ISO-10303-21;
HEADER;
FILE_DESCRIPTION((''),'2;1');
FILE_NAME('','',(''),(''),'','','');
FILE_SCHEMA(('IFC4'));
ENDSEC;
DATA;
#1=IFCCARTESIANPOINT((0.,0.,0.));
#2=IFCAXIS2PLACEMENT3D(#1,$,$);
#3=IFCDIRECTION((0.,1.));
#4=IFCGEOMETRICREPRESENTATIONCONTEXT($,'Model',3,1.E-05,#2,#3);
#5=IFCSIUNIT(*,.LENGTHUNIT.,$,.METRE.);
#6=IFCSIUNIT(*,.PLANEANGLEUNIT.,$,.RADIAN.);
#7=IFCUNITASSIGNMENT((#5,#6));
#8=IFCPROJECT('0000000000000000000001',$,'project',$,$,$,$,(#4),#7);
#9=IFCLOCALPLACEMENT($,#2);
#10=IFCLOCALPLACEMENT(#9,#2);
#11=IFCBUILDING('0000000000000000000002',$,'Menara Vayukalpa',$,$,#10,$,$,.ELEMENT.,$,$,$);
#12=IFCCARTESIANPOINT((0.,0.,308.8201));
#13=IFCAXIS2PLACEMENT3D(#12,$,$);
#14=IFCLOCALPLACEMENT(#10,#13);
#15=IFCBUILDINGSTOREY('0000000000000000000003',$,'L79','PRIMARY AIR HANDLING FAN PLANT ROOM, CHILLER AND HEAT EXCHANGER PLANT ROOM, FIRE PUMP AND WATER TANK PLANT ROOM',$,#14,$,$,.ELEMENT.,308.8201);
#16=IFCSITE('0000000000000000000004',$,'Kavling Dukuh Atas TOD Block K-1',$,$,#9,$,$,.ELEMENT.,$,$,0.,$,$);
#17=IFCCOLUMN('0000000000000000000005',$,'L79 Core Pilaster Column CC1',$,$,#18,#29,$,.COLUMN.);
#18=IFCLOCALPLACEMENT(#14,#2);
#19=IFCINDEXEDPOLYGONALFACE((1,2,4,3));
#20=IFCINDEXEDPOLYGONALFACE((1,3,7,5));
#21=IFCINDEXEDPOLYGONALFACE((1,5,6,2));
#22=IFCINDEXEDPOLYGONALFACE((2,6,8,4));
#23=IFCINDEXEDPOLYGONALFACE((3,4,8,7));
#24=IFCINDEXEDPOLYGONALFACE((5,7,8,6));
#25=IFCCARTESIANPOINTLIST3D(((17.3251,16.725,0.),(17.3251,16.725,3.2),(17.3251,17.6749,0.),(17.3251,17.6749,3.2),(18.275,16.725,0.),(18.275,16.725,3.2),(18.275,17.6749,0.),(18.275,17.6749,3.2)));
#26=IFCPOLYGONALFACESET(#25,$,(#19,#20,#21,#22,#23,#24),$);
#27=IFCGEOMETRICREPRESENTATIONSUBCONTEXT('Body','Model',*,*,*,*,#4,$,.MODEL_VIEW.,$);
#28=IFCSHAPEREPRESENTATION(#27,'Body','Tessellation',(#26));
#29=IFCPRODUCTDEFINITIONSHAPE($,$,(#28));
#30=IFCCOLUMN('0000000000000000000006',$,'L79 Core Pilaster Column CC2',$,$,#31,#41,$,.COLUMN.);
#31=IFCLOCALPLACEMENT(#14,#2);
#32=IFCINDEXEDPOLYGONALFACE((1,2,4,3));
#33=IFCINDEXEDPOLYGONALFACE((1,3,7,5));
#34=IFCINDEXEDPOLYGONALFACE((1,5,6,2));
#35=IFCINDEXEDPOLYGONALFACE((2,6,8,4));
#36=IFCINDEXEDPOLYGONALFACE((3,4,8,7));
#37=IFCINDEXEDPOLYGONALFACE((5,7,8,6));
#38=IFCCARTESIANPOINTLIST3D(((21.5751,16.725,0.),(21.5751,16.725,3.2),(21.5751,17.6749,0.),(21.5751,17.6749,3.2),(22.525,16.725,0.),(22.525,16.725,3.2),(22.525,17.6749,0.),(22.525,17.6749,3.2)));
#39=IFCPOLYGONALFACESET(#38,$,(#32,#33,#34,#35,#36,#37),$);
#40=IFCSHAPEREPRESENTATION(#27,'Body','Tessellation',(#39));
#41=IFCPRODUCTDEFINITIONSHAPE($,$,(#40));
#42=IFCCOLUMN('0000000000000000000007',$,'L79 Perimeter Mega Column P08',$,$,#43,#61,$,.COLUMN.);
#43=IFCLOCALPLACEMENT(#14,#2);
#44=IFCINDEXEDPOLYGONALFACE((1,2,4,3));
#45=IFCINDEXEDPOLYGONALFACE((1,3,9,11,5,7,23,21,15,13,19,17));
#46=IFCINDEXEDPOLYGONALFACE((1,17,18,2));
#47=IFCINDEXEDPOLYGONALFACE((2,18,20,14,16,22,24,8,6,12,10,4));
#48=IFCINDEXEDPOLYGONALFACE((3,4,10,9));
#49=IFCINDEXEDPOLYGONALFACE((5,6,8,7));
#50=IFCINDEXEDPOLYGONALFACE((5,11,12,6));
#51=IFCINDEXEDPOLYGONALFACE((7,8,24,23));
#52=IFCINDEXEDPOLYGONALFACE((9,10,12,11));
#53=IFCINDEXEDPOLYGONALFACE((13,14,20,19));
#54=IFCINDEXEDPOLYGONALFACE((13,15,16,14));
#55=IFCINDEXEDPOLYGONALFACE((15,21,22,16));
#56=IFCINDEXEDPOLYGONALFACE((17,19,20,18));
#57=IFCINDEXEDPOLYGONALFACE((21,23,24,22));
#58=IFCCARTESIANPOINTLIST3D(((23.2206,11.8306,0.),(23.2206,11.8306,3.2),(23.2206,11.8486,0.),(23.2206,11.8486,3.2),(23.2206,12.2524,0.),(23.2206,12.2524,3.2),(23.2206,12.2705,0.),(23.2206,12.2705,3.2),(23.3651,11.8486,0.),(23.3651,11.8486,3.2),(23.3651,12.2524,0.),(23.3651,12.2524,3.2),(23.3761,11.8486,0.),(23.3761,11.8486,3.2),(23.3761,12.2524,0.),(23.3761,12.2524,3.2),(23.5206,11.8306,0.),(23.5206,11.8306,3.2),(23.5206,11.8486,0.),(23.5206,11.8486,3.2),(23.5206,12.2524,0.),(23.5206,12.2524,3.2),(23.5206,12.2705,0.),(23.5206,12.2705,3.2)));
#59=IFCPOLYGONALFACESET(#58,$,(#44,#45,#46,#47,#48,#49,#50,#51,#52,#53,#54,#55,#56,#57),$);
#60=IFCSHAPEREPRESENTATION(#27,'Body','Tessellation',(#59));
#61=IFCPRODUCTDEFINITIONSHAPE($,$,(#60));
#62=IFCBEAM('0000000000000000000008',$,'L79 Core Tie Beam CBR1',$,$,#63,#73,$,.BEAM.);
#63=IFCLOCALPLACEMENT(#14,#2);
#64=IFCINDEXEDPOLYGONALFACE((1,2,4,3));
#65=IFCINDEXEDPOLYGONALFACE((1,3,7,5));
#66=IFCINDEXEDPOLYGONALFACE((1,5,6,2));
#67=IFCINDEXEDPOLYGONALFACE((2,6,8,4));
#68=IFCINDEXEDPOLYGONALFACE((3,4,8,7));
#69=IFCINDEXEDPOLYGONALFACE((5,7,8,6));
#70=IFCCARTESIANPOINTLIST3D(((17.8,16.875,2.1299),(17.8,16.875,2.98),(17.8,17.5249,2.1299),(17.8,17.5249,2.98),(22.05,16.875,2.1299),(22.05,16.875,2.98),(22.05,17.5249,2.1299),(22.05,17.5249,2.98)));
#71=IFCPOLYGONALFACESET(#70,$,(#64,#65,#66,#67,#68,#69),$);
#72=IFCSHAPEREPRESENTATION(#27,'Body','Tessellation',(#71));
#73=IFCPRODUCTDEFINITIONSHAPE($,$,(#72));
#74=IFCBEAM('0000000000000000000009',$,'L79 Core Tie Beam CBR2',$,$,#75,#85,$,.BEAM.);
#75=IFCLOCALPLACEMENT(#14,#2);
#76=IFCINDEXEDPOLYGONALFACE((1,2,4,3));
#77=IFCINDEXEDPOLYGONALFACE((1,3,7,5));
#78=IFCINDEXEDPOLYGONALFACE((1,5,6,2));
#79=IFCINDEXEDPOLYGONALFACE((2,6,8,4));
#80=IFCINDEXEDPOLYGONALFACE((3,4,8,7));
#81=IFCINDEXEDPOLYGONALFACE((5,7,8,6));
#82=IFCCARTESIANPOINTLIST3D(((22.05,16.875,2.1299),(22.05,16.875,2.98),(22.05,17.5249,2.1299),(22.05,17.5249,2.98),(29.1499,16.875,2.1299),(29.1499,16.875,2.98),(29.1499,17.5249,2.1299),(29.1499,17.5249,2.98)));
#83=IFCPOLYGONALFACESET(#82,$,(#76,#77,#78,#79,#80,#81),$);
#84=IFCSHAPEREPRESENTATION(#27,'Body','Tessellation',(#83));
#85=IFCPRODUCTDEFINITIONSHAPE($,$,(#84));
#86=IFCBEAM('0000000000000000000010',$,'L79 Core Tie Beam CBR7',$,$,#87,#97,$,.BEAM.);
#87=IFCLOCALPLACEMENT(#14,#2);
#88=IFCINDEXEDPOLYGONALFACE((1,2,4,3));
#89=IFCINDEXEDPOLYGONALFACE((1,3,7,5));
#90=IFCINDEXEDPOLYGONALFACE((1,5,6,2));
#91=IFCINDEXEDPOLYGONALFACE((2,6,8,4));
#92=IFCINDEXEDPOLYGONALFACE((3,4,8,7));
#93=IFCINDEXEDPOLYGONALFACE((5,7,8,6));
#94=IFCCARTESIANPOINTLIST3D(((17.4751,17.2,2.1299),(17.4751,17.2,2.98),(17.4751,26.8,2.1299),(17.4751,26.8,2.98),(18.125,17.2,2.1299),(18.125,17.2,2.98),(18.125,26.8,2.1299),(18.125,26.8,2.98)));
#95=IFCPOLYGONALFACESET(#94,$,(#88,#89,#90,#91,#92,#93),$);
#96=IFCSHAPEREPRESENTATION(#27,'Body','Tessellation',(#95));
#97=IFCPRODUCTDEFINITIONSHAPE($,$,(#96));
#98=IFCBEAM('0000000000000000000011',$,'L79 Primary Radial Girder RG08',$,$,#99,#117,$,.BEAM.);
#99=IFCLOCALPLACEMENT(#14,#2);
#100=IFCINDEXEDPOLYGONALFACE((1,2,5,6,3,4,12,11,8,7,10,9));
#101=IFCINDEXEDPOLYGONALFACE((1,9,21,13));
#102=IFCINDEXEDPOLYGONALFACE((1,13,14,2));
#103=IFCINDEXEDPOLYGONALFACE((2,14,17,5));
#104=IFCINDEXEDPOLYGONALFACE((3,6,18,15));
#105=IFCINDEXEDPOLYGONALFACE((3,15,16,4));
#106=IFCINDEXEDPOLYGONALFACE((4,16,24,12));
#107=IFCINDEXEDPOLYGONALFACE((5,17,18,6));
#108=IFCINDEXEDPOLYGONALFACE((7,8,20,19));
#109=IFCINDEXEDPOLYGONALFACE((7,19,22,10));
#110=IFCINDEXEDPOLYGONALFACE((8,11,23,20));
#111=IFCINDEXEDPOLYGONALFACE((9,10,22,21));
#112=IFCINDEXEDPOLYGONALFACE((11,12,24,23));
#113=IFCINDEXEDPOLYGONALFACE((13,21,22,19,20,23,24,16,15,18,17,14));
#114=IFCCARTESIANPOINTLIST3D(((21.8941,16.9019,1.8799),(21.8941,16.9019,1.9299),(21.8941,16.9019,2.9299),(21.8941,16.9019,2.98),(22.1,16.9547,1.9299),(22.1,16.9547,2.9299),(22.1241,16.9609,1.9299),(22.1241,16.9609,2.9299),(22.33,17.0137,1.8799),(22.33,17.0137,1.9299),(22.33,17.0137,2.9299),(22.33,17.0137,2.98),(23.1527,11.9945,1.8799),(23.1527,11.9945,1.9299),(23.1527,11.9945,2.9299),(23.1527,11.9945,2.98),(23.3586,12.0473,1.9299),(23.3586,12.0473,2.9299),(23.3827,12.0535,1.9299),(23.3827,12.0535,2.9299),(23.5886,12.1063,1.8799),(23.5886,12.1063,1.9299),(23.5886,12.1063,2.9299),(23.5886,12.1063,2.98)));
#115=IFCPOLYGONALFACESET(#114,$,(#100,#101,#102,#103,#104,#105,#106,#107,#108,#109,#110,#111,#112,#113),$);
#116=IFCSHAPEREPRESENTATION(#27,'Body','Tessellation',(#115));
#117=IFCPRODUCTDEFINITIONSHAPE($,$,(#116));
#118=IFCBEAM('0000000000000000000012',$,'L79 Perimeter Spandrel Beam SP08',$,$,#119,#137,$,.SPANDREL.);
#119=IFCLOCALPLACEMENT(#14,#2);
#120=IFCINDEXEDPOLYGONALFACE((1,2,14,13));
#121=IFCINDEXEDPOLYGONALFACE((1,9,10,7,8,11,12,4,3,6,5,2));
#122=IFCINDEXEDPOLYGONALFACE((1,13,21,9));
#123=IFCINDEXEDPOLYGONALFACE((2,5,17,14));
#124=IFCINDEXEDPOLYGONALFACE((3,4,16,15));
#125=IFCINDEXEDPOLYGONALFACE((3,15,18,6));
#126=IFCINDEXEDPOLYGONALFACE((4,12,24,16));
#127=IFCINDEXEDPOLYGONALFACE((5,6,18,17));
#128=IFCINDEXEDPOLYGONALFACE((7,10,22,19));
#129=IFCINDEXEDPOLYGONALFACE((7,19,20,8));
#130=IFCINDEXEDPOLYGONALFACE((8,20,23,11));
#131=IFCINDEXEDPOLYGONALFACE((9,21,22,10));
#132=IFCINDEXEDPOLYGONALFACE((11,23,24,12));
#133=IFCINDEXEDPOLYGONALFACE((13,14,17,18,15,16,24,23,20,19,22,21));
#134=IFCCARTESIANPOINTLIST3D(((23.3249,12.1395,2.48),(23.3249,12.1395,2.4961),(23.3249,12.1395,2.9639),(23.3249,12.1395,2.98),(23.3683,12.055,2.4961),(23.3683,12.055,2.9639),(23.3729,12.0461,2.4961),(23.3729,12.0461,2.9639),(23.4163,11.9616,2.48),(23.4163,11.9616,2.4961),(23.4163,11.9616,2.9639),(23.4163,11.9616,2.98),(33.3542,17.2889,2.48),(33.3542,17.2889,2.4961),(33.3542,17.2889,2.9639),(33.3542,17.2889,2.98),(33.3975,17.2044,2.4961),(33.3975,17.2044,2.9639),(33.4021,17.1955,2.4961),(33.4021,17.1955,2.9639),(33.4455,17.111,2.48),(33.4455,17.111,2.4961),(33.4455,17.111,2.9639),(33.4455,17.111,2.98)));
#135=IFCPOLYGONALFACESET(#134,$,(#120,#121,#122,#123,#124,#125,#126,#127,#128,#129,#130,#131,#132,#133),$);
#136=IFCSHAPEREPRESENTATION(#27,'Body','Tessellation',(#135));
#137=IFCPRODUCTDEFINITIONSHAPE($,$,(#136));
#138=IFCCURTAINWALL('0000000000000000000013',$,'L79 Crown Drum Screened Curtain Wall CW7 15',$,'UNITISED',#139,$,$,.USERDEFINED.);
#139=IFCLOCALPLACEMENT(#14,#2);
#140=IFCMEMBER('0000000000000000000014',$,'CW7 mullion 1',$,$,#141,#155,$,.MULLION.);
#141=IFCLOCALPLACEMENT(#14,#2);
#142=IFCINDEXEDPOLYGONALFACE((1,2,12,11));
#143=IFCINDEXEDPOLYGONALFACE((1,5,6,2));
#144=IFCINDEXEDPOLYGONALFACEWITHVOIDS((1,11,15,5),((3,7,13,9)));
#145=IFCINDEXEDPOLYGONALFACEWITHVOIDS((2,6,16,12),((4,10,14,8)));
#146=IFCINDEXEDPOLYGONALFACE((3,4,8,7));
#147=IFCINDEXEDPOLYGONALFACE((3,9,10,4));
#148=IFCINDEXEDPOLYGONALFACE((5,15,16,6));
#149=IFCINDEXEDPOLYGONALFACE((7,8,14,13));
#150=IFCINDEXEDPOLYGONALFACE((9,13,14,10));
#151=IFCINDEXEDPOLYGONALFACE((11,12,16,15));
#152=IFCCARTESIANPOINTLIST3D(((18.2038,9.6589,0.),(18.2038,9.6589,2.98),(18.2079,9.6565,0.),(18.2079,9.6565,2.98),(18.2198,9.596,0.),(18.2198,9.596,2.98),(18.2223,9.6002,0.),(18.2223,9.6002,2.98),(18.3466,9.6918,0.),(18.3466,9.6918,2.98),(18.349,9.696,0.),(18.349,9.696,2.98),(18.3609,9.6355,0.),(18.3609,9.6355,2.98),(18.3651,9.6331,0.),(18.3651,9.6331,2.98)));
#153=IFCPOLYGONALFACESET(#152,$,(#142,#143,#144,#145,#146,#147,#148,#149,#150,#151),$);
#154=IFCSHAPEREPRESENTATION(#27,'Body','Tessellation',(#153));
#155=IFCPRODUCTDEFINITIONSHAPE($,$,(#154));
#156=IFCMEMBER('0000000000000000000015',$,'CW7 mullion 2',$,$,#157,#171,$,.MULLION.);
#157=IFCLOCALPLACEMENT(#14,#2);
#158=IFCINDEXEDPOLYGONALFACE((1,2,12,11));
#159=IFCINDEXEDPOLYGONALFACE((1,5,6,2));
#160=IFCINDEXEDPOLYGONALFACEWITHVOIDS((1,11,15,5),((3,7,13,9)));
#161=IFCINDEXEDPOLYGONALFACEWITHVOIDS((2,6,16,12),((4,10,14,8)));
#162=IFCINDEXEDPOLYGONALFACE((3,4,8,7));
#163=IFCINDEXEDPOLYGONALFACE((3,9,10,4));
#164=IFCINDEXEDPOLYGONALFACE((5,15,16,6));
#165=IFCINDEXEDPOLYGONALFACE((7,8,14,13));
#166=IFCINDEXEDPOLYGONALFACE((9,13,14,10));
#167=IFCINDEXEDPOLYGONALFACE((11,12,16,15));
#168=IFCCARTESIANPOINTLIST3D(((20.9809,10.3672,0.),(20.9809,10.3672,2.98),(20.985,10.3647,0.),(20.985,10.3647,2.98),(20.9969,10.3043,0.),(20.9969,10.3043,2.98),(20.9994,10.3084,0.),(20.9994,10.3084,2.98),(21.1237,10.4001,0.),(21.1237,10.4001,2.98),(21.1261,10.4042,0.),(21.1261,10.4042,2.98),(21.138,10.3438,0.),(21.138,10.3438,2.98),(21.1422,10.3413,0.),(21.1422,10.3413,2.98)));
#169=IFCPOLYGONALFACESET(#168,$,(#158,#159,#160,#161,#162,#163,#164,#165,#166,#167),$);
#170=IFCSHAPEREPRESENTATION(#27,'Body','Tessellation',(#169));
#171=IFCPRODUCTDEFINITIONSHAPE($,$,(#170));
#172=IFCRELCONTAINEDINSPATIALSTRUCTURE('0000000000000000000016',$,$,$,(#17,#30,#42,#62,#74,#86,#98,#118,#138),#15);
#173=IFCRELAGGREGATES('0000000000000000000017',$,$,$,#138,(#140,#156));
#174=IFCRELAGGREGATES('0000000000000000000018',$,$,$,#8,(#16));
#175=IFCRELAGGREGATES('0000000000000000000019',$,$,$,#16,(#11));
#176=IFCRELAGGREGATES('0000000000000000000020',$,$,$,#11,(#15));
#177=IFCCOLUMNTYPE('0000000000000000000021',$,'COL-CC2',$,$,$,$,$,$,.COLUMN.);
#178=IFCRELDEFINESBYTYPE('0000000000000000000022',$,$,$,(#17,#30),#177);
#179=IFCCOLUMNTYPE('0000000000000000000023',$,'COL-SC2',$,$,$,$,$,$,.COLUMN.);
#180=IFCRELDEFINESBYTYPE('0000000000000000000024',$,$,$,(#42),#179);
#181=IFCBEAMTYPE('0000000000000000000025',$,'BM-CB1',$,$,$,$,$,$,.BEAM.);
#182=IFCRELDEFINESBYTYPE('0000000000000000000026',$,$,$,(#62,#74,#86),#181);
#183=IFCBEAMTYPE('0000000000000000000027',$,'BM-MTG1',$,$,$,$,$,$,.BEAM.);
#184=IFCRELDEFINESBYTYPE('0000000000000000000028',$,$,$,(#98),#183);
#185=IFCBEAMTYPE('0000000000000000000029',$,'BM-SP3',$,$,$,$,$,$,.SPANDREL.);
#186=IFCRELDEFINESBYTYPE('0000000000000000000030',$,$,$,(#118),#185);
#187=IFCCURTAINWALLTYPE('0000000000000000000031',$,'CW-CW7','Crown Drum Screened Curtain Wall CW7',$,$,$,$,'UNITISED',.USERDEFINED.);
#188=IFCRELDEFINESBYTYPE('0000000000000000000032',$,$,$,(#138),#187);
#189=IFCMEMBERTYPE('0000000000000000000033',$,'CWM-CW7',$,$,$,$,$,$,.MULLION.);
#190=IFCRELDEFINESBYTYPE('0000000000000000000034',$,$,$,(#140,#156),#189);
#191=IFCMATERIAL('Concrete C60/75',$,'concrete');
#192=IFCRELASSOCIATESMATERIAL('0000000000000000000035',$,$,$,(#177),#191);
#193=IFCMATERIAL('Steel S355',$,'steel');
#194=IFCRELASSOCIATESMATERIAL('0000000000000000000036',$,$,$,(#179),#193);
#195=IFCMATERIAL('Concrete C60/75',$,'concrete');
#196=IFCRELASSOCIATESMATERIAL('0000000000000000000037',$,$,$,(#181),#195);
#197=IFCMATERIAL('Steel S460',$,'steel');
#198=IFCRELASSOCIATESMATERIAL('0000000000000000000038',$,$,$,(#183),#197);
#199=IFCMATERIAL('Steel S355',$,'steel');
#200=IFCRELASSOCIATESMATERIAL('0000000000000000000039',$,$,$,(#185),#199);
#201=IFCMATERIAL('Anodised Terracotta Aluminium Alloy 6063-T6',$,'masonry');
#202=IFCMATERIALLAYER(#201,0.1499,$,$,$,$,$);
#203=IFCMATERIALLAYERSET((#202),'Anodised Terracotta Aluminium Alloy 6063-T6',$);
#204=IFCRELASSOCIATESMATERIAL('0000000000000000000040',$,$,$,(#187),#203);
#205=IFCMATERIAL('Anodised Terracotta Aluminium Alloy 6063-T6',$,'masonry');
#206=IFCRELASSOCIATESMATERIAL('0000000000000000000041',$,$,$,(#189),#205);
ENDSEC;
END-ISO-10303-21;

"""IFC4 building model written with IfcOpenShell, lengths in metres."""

from ifc_helpers import new_model, si_unit, direction, frame, origin, origin_2d, place, context, subcontext, project, spatial, rectangle, hollow_rectangle, i_section, extrude, material, layer, layer_set, material_profile, profile_set, type_object, element, aggregate, save


model = new_model("IFC4")

# Units and contexts
model_context = context("Model", 3, precision=1e-05, world=origin(), true_north=direction((0.0, 1.0)))
body_context = subcontext(model_context, "Body", "Model", "MODEL_VIEW")
ifc_project = project(units=[si_unit("LENGTHUNIT", "METRE"), si_unit("PLANEANGLEUNIT", "RADIAN")], contexts=[model_context])

# Site, building, storey
site_placement = place(None, origin())
site = spatial("IfcSite", under=ifc_project, at=site_placement, Name="Kavling Dukuh Atas TOD Block K-1", CompositionType="ELEMENT", RefElevation=0.0)
building_placement = place(site_placement, origin())
building = spatial("IfcBuilding", under=site, at=building_placement, Name="Menara Vayukalpa", CompositionType="ELEMENT")
storey_placement = place(building_placement, frame((0.0, 0.0, 308.8201)))
storey = spatial("IfcBuildingStorey", under=building, at=storey_placement, Name="L79", Description="PRIMARY AIR HANDLING FAN PLANT ROOM, CHILLER AND HEAT EXCHANGER PLANT ROOM, FIRE PUMP AND WATER TANK PLANT ROOM", CompositionType="ELEMENT", Elevation=308.8201)

# Columns
ifc_material_1 = material(Name="Concrete C60/75", Category="concrete")
ifc_material_profile_1 = material_profile(ifc_material_1, rectangle(XDim=0.95, YDim=0.95, at=origin_2d()), Name="RC 950x950")
ifc_profile_set_1 = profile_set([ifc_material_profile_1], Name="Concrete C60/75")
column_type_1 = type_object("IfcColumnType", Name="COL-CC2", PredefinedType="COLUMN", material=ifc_profile_set_1)
for number, where, z_axis, x_axis, name in (
    (1, (17.8, 17.2, 0.0), (0.0, 0.0, 1.0), (1.0, 0.0, 0.0), "L79 Core Pilaster Column CC1"),
    (2, (22.05, 17.2, 0.0), (0.0, 0.0, 1.0), (1.0, 0.0, 0.0), "L79 Core Pilaster Column CC2"),
):
    element("IfcColumn", number, at=place(storey_placement, frame(where, z_axis=z_axis, x_axis=x_axis)), inside=storey, type_object=column_type_1, Name=name, PredefinedType="COLUMN", context=body_context, shape_type="SweptSolid", body=[
        extrude(rectangle(XDim=0.95, YDim=0.95, at=origin_2d()), origin(), (0.0, 0.0, 1.0), 3.2),
    ])
ifc_material_2 = material(Name="Steel S355", Category="steel")
ifc_material_profile_2 = material_profile(ifc_material_2, i_section(OverallWidth=0.3, OverallDepth=0.4399, WebThickness=0.011, FlangeThickness=0.0181, at=origin_2d()), Name="H 440x300x11x18")
ifc_profile_set_2 = profile_set([ifc_material_profile_2], Name="Steel S355")
column_type_2 = type_object("IfcColumnType", Name="COL-SC2", PredefinedType="COLUMN", material=ifc_profile_set_2)
column_placement = place(storey_placement, frame((23.3706, 12.0505, 0.0), z_axis=(0.0, 0.0, 1.0), x_axis=(1.0, 0.0, 0.0)))
element("IfcColumn", 3, at=column_placement, inside=storey, type_object=column_type_2, Name="L79 Perimeter Mega Column P08", PredefinedType="COLUMN", context=body_context, shape_type="SweptSolid", body=[
    extrude(i_section(OverallWidth=0.3, OverallDepth=0.4399, WebThickness=0.011, FlangeThickness=0.0181, at=origin_2d()), origin(), (0.0, 0.0, 1.0), 3.2),
])

# Beams
ifc_material_3 = material(Name="Concrete C60/75", Category="concrete")
ifc_material_profile_3 = material_profile(ifc_material_3, rectangle(XDim=0.6499, YDim=0.8501, at=origin_2d()), Name="RC 650x850")
ifc_profile_set_3 = profile_set([ifc_material_profile_3], Name="Concrete C60/75")
beam_type_1 = type_object("IfcBeamType", Name="BM-CB1", PredefinedType="BEAM", material=ifc_profile_set_3)
beam_1_placement = place(storey_placement, frame((17.8, 17.2, 2.5549), z_axis=(1.0, 0.0, 0.0), x_axis=(0.0, 1.0, 0.0)))
element("IfcBeam", 4, at=beam_1_placement, inside=storey, type_object=beam_type_1, Name="L79 Core Tie Beam CBR1", PredefinedType="BEAM", context=body_context, shape_type="SweptSolid", body=[
    extrude(rectangle(XDim=0.6499, YDim=0.8501, at=origin_2d()), origin(), (0.0, 0.0, 1.0), 4.25),
])
beam_2_placement = place(storey_placement, frame((22.05, 17.2, 2.5549), z_axis=(1.0, 0.0, 0.0), x_axis=(0.0, 1.0, 0.0)))
element("IfcBeam", 5, at=beam_2_placement, inside=storey, type_object=beam_type_1, Name="L79 Core Tie Beam CBR2", PredefinedType="BEAM", context=body_context, shape_type="SweptSolid", body=[
    extrude(rectangle(XDim=0.6499, YDim=0.8501, at=origin_2d()), origin(), (0.0, 0.0, 1.0), 7.0999),
])
beam_3_placement = place(storey_placement, frame((17.8, 17.2, 2.5549), z_axis=(0.0, 1.0, 0.0), x_axis=(-1.0, 0.0, 0.0)))
element("IfcBeam", 6, at=beam_3_placement, inside=storey, type_object=beam_type_1, Name="L79 Core Tie Beam CBR7", PredefinedType="BEAM", context=body_context, shape_type="SweptSolid", body=[
    extrude(rectangle(XDim=0.6499, YDim=0.8501, at=origin_2d()), origin(), (0.0, 0.0, 1.0), 9.6001),
])
ifc_material_4 = material(Name="Steel S460", Category="steel")
ifc_material_profile_4 = material_profile(ifc_material_4, i_section(OverallWidth=0.45, OverallDepth=1.1001, WebThickness=0.0249, FlangeThickness=0.05, at=origin_2d()), Name="WG 1100x450x25x50")
ifc_profile_set_4 = profile_set([ifc_material_profile_4], Name="Steel S460")
beam_type_2 = type_object("IfcBeamType", Name="BM-MTG1", PredefinedType="BEAM", material=ifc_profile_set_4)
beam_4_placement = place(storey_placement, frame((22.1121, 16.9578, 2.4299), z_axis=(0.248428, -0.96865, 0.0), x_axis=(0.96865, 0.248428, 0.0)))
element("IfcBeam", 7, at=beam_4_placement, inside=storey, type_object=beam_type_2, Name="L79 Primary Radial Girder RG08", PredefinedType="BEAM", context=body_context, shape_type="SweptSolid", body=[
    extrude(i_section(OverallWidth=0.45, OverallDepth=1.1001, WebThickness=0.0249, FlangeThickness=0.05, at=origin_2d()), origin(), (0.0, 0.0, 1.0), 5.0662),
])
ifc_material_5 = material(Name="Steel S355", Category="steel")
ifc_material_profile_5 = material_profile(ifc_material_5, i_section(OverallWidth=0.2, OverallDepth=0.5, WebThickness=0.01, FlangeThickness=0.0161, at=origin_2d()), Name="WF 500x200x10x16")
ifc_profile_set_5 = profile_set([ifc_material_profile_5], Name="Steel S355")
beam_type_3 = type_object("IfcBeamType", Name="BM-SP3", PredefinedType="SPANDREL", material=ifc_profile_set_5)
beam_5_placement = place(storey_placement, frame((23.3706, 12.0505, 2.73), z_axis=(0.889595, 0.456751, 0.0), x_axis=(-0.456751, 0.889595, 0.0)))
element("IfcBeam", 8, at=beam_5_placement, inside=storey, type_object=beam_type_3, Name="L79 Perimeter Spandrel Beam SP08", PredefinedType="SPANDREL", context=body_context, shape_type="SweptSolid", body=[
    extrude(i_section(OverallWidth=0.2, OverallDepth=0.5, WebThickness=0.01, FlangeThickness=0.0161, at=origin_2d()), origin(), (0.0, 0.0, 1.0), 11.2739),
])

# Curtain wall, members
ifc_material_6 = material(Name="Anodised Terracotta Aluminium Alloy 6063-T6", Category="masonry")
ifc_layer_1 = layer(ifc_material_6, 0.1499)
ifc_layer_set_1 = layer_set([ifc_layer_1], Name="Anodised Terracotta Aluminium Alloy 6063-T6")
curtain_wall_type = type_object("IfcCurtainWallType", Name="CW-CW7", Description="Crown Drum Screened Curtain Wall CW7", ElementType="UNITISED", PredefinedType="USERDEFINED", material=ifc_layer_set_1)
curtain_wall_placement = place(storey_placement, origin())
curtain_wall = element("IfcCurtainWall", 9, at=curtain_wall_placement, inside=storey, type_object=curtain_wall_type, Name="L79 Crown Drum Screened Curtain Wall CW7 15", ObjectType="UNITISED", PredefinedType="USERDEFINED")
ifc_material_7 = material(Name="Anodised Terracotta Aluminium Alloy 6063-T6", Category="masonry")
ifc_material_profile_6 = material_profile(ifc_material_7, hollow_rectangle(XDim=0.0649, YDim=0.1499, WallThickness=0.0034, at=origin_2d()), Name="ALU 65x150x3.5")
ifc_profile_set_6 = profile_set([ifc_material_profile_6], Name="Anodised Terracotta Aluminium Alloy 6063-T6")
member_type_1 = type_object("IfcMemberType", Name="CWM-CW7", PredefinedType="MULLION", material=ifc_profile_set_6)
member_1_placement = place(storey_placement, frame((18.2844, 9.646, 0.0), z_axis=(0.0, 0.0, 1.0), x_axis=(-0.247124, 0.968984, 0.0)))
member_1 = element("IfcMember", 10, at=member_1_placement, type_object=member_type_1, Name="CW7 mullion 1", PredefinedType="MULLION", context=body_context, shape_type="SweptSolid", body=[
    extrude(hollow_rectangle(XDim=0.0649, YDim=0.1499, WallThickness=0.0034, at=origin_2d()), origin(), (0.0, 0.0, 1.0), 2.98),
])
member_2_placement = place(storey_placement, frame((21.0615, 10.3542, 0.0), z_axis=(0.0, 0.0, 1.0), x_axis=(-0.247124, 0.968984, 0.0)))
member_2 = element("IfcMember", 11, at=member_2_placement, type_object=member_type_1, Name="CW7 mullion 2", PredefinedType="MULLION", context=body_context, shape_type="SweptSolid", body=[
    extrude(hollow_rectangle(XDim=0.0649, YDim=0.1499, WallThickness=0.0034, at=origin_2d()), origin(), (0.0, 0.0, 1.0), 2.98),
])
aggregate(curtain_wall, [member_1, member_2])

save(model, "model.ifc")
